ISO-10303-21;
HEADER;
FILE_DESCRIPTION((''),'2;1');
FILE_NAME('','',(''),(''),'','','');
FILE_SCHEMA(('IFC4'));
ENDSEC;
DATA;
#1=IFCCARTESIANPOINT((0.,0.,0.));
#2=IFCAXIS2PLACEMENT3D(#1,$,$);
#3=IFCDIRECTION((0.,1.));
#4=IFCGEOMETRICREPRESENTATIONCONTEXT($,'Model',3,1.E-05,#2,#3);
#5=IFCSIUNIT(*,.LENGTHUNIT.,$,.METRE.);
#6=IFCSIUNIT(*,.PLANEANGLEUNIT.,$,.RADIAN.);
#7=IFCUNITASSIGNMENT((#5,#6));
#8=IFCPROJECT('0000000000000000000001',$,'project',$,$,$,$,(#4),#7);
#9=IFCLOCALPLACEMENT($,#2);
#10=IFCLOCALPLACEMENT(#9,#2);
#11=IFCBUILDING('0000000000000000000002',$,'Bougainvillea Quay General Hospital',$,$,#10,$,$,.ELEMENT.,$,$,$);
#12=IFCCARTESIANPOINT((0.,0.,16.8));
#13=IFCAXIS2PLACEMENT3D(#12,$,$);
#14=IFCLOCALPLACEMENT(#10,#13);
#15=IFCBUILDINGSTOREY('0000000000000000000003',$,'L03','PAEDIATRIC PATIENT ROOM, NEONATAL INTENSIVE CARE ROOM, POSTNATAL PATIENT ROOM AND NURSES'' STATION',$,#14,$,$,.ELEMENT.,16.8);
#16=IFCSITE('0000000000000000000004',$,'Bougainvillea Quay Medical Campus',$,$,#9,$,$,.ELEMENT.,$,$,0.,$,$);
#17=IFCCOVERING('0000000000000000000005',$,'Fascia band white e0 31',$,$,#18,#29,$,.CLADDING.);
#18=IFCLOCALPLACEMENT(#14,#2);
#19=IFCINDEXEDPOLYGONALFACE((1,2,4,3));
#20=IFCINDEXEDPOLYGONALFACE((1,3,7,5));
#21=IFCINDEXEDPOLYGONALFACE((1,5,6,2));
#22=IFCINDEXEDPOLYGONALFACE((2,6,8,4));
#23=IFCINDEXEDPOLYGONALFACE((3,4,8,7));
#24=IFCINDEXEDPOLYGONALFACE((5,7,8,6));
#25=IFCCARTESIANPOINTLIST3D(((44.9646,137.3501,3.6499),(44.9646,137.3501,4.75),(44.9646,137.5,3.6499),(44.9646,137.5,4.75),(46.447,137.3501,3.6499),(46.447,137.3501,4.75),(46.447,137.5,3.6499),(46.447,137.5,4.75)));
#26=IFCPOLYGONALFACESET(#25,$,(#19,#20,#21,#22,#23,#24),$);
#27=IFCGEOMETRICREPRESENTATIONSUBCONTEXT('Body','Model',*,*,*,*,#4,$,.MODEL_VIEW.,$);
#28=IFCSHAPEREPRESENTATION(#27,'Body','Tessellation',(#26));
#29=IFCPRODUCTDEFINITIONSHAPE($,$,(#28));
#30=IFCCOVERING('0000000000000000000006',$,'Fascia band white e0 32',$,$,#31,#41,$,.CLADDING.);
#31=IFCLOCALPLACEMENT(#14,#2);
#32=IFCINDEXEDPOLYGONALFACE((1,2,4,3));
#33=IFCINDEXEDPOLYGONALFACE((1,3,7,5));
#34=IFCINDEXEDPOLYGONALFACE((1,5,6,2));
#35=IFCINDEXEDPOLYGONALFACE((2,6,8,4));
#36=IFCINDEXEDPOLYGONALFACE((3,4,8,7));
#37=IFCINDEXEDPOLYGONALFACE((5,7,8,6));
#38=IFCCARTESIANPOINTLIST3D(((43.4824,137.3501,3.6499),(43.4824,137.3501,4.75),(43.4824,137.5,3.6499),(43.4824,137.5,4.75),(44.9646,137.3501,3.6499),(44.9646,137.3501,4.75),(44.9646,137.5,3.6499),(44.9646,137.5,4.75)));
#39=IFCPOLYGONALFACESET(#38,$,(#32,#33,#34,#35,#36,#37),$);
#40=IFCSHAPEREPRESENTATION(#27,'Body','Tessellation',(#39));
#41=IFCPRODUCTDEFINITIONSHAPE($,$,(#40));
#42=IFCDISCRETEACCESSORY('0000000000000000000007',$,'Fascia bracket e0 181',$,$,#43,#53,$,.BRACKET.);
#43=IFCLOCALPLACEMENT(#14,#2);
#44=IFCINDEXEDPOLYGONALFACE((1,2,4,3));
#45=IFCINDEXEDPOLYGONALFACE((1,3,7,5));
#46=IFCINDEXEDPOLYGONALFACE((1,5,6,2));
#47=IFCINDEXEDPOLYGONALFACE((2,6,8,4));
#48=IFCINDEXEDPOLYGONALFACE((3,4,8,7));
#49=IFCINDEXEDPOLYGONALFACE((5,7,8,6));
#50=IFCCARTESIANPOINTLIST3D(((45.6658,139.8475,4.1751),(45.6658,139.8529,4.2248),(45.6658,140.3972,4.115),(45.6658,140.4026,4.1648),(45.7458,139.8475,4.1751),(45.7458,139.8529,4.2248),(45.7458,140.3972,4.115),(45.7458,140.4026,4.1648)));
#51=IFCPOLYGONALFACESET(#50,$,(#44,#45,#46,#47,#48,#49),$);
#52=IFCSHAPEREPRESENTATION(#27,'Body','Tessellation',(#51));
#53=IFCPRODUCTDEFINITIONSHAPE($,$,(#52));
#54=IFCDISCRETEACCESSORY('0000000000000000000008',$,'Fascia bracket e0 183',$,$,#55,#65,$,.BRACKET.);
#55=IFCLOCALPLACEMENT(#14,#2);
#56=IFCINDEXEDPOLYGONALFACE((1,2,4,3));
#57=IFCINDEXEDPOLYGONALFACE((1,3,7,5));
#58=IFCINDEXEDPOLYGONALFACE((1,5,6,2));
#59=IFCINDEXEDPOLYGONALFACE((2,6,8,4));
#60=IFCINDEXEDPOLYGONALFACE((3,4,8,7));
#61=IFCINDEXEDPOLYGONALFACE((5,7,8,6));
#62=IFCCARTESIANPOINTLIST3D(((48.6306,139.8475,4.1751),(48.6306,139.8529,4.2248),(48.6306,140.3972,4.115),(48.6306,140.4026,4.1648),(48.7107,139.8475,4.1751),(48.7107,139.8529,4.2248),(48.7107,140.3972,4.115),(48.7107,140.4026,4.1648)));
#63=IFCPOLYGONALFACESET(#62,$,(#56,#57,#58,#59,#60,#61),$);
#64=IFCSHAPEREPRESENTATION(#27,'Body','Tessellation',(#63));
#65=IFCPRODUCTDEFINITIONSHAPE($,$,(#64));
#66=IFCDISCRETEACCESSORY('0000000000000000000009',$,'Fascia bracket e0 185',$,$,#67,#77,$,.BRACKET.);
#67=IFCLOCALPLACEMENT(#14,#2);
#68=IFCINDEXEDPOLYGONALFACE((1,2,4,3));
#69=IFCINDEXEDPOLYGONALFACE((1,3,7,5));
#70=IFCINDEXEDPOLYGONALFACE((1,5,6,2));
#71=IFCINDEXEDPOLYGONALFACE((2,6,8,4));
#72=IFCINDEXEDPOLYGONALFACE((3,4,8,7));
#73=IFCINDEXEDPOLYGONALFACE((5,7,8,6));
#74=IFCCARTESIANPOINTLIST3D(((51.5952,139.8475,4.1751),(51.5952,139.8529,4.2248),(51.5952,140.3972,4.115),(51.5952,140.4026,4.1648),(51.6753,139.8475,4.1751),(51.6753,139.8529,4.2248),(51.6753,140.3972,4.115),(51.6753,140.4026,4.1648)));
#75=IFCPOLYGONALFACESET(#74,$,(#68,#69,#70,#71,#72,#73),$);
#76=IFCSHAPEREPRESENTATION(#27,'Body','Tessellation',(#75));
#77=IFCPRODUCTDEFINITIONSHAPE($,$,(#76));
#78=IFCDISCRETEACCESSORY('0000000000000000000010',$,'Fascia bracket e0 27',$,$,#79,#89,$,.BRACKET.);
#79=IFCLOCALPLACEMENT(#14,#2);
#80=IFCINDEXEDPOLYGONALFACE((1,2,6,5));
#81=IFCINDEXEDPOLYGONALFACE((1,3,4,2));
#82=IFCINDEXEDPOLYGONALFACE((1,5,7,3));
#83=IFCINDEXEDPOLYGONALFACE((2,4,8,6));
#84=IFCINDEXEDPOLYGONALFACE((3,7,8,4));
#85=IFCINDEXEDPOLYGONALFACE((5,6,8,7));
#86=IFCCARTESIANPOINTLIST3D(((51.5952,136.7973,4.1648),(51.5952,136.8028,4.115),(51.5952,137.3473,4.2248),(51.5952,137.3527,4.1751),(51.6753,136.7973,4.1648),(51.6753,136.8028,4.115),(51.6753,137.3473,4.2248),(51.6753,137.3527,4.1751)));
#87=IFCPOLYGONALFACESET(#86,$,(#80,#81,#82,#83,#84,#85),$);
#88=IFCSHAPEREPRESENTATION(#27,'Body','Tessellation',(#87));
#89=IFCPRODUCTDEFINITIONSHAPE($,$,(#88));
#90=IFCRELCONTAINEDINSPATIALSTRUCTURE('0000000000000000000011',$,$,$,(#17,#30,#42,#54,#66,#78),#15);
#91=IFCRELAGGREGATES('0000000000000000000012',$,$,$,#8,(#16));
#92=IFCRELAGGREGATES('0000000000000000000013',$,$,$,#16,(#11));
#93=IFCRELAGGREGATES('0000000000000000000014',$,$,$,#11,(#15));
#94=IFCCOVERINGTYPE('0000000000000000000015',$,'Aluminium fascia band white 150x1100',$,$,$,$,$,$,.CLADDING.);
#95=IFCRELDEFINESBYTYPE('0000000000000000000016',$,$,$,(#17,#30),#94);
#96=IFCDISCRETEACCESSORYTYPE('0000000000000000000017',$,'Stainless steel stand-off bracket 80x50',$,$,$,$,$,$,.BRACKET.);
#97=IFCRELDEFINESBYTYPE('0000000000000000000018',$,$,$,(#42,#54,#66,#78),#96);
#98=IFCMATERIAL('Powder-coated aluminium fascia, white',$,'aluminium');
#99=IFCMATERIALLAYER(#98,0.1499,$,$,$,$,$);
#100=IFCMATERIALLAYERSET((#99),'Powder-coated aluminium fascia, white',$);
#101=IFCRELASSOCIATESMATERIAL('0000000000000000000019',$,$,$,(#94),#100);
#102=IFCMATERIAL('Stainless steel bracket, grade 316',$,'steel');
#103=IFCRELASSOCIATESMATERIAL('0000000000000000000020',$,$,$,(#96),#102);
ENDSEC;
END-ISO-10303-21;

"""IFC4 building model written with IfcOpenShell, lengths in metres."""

from ifc_helpers import new_model, si_unit, direction, frame, origin, origin_2d, place, context, subcontext, project, spatial, polyline, rectangle, outline, extrude, material, layer, layer_set, material_profile, profile_set, type_object, element, save


model = new_model("IFC4")

# Units and contexts
model_context = context("Model", 3, precision=1e-05, world=origin(), true_north=direction((0.0, 1.0)))
body_context = subcontext(model_context, "Body", "Model", "MODEL_VIEW")
ifc_project = project(units=[si_unit("LENGTHUNIT", "METRE"), si_unit("PLANEANGLEUNIT", "RADIAN")], contexts=[model_context])

# Site, building, storey
site_placement = place(None, origin())
site = spatial("IfcSite", under=ifc_project, at=site_placement, Name="Bougainvillea Quay Medical Campus", CompositionType="ELEMENT", RefElevation=0.0)
building_placement = place(site_placement, origin())
building = spatial("IfcBuilding", under=site, at=building_placement, Name="Bougainvillea Quay General Hospital", CompositionType="ELEMENT")
storey_placement = place(building_placement, frame((0.0, 0.0, 16.8)))
storey = spatial("IfcBuildingStorey", under=building, at=storey_placement, Name="L03", Description="PAEDIATRIC PATIENT ROOM, NEONATAL INTENSIVE CARE ROOM, POSTNATAL PATIENT ROOM AND NURSES' STATION", CompositionType="ELEMENT", Elevation=16.8)

# Coverings
ifc_material_1 = material(Name="Powder-coated aluminium fascia, white", Category="aluminium")
ifc_layer_1 = layer(ifc_material_1, 0.1499)
ifc_layer_set_1 = layer_set([ifc_layer_1], Name="Powder-coated aluminium fascia, white")
covering_type = type_object("IfcCoveringType", Name="Aluminium fascia band white 150x1100", PredefinedType="CLADDING", material=ifc_layer_set_1)
for number, where, z_axis, x_axis, name in (
    (1, (46.447, 137.3501, 3.6499), (0.0, 0.0, 1.0), (-1.0, 0.0, 0.0), "Fascia band white e0 31"),
):
    element("IfcCovering", number, at=place(storey_placement, frame(where, z_axis=z_axis, x_axis=x_axis)), inside=storey, type_object=covering_type, Name=name, PredefinedType="CLADDING", context=body_context, shape_type="SweptSolid", body=[
        extrude(outline(polyline([(0.0, 0.0), (1.4824, 0.0), (1.4824, -0.1499), (0.0, -0.1499), (0.0, 0.0)])), origin(), (0.0, 0.0, 1.0), 1.1001),
    ])
covering_1_placement = place(storey_placement, frame((44.9646, 137.3501, 3.6499), z_axis=(0.0, 0.0, 1.0), x_axis=(-1.0, 0.0, 0.0)))
element("IfcCovering", 2, at=covering_1_placement, inside=storey, type_object=covering_type, Name="Fascia band white e0 32", PredefinedType="CLADDING", context=body_context, shape_type="SweptSolid", body=[
    extrude(outline(polyline([(0.0, 0.0), (1.4822, 0.0), (1.4822, -0.1499), (0.0, -0.1499), (0.0, 0.0)])), origin(), (0.0, 0.0, 1.0), 1.1001),
])

# Discrete accessories
ifc_material_2 = material(Name="Stainless steel bracket, grade 316", Category="steel")
ifc_material_profile_1 = material_profile(ifc_material_2, rectangle(XDim=0.0801, YDim=0.05, at=origin_2d()))
ifc_profile_set_1 = profile_set([ifc_material_profile_1], Name="Stainless steel bracket, grade 316")
discrete_accessory_type = type_object("IfcDiscreteAccessoryType", Name="Stainless steel stand-off bracket 80x50", PredefinedType="BRACKET", material=ifc_profile_set_1)
for number, where, z_axis, x_axis, name in (
    (3, (45.7058, 140.3999, 4.1399), (0.0, -0.994087, 0.10859), (1.0, 0.0, 0.0), "Fascia bracket e0 181"),
    (4, (48.6707, 140.3999, 4.1399), (0.0, -0.994087, 0.10859), (1.0, 0.0, 0.0), "Fascia bracket e0 183"),
    (5, (51.6353, 140.3999, 4.1399), (0.0, -0.994087, 0.10859), (1.0, 0.0, 0.0), "Fascia bracket e0 185"),
):
    element("IfcDiscreteAccessory", number, at=place(storey_placement, frame(where, z_axis=z_axis, x_axis=x_axis)), inside=storey, type_object=discrete_accessory_type, Name=name, PredefinedType="BRACKET", context=body_context, shape_type="SweptSolid", body=[
        extrude(rectangle(XDim=0.0801, YDim=0.05, at=origin_2d()), origin(), (0.0, 0.0, 1.0), 0.553),
    ])
discrete_accessory_placement = place(storey_placement, frame((51.6353, 136.8, 4.1399), z_axis=(0.0, 0.994092, 0.108543), x_axis=(-1.0, 0.0, 0.0)))
element("IfcDiscreteAccessory", 6, at=discrete_accessory_placement, inside=storey, type_object=discrete_accessory_type, Name="Fascia bracket e0 27", PredefinedType="BRACKET", context=body_context, shape_type="SweptSolid", body=[
    extrude(rectangle(XDim=0.0801, YDim=0.05, at=origin_2d()), origin(), (0.0, 0.0, 1.0), 0.5532),
])

save(model, "model.ifc")
